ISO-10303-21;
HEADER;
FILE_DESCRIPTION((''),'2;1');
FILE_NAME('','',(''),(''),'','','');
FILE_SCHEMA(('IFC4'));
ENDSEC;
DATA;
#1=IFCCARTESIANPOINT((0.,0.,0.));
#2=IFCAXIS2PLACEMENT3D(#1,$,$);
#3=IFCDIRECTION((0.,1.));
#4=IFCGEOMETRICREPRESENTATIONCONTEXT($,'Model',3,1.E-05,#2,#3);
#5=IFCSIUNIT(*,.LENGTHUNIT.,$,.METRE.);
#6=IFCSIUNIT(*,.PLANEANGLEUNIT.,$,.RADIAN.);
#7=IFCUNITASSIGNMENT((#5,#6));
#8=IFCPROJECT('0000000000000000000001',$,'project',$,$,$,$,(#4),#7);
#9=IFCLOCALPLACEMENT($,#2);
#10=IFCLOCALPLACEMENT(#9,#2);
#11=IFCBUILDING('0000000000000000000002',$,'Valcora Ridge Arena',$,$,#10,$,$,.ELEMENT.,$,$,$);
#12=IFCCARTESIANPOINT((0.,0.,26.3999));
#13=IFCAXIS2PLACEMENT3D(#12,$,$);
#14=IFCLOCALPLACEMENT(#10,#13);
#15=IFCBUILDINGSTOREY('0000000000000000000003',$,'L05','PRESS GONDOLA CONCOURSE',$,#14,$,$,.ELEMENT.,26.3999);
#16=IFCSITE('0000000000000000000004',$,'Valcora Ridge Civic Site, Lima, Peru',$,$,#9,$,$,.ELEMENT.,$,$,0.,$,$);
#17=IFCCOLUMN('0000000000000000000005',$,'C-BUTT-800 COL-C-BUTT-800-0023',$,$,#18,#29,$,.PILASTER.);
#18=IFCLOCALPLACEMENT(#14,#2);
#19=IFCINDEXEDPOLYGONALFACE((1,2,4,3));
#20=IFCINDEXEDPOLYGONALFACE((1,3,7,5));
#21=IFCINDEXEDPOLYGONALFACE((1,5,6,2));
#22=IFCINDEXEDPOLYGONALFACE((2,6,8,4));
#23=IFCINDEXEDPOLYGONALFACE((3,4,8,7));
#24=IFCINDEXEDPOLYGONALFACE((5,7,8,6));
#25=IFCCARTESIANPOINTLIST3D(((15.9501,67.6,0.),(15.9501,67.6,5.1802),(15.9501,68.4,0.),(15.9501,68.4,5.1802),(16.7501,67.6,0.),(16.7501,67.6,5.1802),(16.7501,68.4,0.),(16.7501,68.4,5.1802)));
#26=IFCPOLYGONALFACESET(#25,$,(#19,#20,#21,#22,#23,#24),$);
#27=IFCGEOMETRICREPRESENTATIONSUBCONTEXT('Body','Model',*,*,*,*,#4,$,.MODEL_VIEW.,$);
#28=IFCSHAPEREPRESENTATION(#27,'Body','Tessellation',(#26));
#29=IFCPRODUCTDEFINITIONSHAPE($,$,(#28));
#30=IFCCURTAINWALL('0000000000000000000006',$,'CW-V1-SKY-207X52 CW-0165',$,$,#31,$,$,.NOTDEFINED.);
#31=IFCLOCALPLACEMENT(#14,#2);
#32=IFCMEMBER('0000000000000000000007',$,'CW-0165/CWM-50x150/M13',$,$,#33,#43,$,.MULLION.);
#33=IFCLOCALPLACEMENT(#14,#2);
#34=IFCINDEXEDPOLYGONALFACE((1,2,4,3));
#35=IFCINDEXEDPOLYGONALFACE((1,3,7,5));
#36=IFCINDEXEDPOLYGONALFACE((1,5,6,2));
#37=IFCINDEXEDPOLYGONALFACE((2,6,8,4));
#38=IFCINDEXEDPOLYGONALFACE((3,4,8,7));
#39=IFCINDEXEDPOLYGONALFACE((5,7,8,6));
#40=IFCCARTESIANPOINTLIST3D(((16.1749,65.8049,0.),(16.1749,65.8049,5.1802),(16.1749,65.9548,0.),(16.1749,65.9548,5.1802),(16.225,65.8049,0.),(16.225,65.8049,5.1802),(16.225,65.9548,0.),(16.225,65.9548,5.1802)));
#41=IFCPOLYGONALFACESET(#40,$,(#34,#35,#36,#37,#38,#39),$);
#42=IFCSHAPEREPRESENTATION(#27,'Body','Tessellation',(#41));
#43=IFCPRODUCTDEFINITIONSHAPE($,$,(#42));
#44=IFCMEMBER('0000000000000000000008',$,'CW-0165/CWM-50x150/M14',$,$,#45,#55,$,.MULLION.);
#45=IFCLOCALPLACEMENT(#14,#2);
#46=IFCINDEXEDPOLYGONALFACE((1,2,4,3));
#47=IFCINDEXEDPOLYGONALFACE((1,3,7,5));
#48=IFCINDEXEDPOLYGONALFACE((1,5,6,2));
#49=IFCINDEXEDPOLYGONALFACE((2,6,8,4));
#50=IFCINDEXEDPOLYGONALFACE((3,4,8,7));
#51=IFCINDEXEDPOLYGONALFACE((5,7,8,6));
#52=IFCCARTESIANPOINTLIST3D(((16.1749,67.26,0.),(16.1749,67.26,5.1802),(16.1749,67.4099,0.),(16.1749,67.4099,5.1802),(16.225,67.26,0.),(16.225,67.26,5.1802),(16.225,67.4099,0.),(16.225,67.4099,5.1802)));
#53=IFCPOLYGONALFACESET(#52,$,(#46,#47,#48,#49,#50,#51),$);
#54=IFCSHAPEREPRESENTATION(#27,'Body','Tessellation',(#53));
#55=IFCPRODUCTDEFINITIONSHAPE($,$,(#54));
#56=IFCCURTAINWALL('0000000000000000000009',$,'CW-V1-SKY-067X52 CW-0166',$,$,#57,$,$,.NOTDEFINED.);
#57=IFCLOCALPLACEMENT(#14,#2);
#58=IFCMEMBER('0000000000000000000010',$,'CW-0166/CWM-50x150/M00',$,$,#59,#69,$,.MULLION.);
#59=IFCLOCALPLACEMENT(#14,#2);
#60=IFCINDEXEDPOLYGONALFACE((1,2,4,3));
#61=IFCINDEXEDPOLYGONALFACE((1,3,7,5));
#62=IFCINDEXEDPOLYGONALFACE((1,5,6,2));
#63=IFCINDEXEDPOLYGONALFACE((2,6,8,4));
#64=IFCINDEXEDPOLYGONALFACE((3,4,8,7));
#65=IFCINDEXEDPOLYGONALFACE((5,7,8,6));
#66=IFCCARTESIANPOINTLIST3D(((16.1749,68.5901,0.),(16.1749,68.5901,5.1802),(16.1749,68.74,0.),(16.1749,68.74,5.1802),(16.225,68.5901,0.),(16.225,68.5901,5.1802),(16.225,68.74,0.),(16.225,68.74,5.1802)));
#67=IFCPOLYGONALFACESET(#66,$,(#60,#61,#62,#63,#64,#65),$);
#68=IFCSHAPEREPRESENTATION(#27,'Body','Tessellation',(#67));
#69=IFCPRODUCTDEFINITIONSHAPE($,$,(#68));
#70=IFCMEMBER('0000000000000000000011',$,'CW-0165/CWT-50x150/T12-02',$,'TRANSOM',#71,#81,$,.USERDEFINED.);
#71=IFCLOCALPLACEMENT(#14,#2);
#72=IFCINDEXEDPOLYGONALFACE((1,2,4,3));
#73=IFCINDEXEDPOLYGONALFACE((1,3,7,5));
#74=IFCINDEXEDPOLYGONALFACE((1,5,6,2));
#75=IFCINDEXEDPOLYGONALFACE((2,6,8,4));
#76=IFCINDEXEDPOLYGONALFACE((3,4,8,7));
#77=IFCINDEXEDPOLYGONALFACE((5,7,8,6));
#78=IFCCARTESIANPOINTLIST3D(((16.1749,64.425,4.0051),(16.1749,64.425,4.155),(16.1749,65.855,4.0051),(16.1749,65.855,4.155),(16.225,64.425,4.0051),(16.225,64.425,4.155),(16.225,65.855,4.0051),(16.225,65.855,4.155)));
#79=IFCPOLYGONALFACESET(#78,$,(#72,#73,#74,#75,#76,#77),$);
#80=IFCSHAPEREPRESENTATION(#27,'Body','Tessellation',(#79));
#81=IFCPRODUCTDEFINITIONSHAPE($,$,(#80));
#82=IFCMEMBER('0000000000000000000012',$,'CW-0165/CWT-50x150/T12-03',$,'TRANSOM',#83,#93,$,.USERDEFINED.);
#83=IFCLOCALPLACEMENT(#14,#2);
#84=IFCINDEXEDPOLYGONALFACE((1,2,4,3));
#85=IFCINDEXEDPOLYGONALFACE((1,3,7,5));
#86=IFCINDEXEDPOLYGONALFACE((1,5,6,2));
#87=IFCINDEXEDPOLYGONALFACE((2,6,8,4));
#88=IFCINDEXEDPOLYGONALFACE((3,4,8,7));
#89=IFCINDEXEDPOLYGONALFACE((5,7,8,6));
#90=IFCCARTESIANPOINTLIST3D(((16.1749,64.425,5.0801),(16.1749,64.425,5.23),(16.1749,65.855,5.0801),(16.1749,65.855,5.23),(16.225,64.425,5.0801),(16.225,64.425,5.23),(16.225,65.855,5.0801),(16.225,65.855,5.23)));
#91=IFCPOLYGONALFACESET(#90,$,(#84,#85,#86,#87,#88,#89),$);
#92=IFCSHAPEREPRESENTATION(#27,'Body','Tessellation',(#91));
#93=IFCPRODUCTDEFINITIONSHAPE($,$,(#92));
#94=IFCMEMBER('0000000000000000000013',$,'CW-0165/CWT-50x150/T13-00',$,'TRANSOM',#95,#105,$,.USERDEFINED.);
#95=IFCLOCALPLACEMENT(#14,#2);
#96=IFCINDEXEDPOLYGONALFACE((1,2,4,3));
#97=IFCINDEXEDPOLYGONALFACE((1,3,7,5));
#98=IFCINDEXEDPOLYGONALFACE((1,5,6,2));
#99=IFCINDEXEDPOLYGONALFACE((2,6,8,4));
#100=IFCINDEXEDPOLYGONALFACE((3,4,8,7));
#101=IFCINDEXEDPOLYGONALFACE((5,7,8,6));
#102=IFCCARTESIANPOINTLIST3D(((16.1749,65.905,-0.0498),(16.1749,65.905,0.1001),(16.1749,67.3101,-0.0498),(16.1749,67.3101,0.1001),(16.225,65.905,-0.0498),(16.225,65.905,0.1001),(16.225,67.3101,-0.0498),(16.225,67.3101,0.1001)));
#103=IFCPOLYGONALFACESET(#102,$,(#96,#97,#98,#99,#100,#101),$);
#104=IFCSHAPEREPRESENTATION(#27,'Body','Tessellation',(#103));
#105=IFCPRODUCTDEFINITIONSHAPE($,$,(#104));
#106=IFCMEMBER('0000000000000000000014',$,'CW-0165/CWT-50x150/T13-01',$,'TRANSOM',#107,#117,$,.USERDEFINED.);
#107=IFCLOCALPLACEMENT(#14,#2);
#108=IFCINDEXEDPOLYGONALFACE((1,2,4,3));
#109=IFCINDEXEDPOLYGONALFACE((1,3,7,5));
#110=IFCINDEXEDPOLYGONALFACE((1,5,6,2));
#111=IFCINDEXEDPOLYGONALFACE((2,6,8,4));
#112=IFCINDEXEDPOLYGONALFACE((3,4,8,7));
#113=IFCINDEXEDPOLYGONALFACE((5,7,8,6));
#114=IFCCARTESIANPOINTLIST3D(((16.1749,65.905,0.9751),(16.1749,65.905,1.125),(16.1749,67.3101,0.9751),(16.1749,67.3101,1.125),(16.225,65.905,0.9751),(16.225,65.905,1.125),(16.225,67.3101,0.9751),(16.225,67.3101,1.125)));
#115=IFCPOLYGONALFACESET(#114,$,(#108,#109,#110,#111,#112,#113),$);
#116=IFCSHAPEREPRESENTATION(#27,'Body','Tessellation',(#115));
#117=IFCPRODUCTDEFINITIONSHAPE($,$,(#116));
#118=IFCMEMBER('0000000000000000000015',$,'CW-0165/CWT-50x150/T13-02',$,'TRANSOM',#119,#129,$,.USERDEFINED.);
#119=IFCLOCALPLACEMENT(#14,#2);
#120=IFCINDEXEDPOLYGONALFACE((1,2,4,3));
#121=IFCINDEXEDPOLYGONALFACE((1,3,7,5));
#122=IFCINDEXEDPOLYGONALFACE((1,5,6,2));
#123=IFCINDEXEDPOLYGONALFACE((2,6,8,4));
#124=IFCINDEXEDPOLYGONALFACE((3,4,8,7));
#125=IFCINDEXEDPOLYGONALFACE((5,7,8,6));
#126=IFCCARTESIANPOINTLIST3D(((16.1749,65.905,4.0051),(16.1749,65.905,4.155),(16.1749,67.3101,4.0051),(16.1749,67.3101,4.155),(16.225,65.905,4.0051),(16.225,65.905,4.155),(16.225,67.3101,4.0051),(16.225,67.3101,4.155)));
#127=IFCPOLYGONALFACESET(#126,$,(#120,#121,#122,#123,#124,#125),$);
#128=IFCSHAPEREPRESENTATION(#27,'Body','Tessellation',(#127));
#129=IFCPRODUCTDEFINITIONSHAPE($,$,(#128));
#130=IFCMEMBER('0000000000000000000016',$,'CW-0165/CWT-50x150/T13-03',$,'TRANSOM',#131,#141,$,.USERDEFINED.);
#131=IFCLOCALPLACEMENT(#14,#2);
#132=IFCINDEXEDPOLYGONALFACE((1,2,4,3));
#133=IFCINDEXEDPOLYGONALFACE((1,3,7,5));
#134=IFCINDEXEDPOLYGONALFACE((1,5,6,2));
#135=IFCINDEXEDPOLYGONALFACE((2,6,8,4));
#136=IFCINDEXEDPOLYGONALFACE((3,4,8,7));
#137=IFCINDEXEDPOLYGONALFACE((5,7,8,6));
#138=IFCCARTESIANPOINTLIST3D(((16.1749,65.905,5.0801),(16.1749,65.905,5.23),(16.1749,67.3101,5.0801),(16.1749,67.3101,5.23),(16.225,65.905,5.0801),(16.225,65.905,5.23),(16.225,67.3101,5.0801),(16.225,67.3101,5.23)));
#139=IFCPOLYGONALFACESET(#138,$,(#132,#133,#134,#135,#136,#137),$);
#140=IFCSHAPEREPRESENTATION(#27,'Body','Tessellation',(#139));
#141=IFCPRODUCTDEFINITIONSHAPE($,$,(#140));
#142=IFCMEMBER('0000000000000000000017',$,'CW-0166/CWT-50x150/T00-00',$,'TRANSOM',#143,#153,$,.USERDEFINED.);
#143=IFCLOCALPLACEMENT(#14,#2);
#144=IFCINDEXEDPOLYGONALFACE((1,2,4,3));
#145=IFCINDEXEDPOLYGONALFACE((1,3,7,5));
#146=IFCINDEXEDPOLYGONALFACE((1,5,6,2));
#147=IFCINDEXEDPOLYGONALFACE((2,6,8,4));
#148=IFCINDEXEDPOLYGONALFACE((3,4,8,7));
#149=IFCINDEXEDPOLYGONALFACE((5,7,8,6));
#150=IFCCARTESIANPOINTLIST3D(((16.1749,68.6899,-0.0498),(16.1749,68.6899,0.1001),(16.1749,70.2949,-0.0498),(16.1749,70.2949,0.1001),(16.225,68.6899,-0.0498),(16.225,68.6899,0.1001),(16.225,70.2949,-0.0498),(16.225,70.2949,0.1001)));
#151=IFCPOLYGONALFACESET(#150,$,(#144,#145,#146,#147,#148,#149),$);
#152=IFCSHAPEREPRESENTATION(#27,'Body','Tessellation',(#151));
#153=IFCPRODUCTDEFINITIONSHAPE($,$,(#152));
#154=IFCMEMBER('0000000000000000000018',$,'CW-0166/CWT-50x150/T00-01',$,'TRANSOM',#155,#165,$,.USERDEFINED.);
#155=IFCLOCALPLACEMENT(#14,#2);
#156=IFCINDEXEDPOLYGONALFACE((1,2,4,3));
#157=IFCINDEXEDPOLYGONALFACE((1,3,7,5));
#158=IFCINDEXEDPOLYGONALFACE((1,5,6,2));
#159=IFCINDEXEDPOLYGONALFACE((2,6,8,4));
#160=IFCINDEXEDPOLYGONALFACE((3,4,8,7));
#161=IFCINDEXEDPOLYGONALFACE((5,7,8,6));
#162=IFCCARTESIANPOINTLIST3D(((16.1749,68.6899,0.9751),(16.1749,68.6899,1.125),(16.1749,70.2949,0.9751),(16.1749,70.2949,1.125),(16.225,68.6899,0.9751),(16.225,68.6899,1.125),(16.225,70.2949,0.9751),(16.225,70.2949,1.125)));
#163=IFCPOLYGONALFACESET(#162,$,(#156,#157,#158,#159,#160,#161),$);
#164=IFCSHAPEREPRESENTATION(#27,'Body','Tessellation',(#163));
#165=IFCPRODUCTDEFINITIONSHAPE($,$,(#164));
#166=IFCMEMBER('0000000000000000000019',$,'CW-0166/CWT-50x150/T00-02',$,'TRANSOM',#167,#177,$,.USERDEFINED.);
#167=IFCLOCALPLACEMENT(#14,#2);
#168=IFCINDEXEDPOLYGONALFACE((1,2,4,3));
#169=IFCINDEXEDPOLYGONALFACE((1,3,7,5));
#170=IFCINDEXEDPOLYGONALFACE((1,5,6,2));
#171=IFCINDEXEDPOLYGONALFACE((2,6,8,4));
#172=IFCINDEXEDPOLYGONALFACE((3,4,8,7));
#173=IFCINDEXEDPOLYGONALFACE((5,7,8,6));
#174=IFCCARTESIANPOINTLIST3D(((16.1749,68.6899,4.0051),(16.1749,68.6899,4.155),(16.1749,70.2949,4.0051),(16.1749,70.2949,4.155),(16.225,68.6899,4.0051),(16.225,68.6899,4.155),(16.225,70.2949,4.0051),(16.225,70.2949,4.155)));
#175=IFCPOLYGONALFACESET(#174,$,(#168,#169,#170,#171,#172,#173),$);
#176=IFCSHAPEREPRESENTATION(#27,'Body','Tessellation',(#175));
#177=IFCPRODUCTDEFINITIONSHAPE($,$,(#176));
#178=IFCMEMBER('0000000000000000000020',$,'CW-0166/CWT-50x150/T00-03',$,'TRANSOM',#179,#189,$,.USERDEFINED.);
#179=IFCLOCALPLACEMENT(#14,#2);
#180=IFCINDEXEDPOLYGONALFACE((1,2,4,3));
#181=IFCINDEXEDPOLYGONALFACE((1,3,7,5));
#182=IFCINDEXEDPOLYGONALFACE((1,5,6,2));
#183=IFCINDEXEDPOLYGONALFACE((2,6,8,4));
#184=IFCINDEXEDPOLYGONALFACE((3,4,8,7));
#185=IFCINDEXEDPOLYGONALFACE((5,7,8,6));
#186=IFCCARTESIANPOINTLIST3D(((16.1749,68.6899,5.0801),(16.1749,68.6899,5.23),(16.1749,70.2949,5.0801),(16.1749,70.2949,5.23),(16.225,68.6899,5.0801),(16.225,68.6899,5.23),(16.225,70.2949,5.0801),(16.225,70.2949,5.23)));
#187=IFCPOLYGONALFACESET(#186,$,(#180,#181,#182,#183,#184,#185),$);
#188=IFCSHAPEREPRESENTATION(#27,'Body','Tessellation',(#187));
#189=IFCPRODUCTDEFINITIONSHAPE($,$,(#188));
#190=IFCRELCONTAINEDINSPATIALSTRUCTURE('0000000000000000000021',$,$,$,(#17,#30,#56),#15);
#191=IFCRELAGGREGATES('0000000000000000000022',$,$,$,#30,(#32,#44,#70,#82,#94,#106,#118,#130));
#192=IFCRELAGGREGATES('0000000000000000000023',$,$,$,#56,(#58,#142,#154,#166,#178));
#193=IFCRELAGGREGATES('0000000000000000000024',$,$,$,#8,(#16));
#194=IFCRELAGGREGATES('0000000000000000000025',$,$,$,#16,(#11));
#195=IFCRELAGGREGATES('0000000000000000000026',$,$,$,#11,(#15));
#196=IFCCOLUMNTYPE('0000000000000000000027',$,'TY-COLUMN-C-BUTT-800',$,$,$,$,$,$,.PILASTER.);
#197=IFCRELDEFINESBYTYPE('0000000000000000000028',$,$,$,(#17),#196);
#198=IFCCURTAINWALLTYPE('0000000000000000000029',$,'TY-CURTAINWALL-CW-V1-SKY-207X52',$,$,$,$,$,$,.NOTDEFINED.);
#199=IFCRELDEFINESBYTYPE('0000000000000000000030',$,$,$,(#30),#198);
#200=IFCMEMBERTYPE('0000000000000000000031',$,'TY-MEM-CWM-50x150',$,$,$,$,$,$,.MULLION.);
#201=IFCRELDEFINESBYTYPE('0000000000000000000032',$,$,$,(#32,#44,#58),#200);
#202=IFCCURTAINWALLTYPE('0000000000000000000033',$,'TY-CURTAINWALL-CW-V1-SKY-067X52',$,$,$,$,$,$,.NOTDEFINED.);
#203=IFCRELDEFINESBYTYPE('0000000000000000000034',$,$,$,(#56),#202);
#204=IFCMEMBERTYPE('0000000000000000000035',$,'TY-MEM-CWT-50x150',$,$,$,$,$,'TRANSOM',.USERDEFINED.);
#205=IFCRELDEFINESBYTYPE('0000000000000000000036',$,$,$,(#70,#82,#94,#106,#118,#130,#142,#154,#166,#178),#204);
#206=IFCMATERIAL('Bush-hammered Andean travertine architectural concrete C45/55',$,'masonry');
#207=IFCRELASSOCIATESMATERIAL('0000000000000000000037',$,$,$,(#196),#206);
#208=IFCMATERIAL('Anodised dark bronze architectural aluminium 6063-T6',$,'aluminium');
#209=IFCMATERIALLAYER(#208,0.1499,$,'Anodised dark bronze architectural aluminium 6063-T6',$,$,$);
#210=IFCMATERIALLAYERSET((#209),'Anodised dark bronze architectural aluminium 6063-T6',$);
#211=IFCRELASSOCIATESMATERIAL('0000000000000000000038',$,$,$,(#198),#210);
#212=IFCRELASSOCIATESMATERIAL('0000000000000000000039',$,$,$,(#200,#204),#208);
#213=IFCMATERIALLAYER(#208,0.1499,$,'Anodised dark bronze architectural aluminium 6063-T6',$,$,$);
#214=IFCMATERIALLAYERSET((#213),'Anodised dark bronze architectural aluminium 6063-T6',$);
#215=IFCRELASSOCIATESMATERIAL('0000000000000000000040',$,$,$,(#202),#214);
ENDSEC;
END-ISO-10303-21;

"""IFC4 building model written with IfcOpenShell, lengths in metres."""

from ifc_helpers import new_model, si_unit, direction, frame, origin, origin_2d, place, context, subcontext, project, spatial, rectangle, extrude, material, layer, layer_set, material_profile, profile_set, type_object, element, aggregate, save


model = new_model("IFC4")

# Units and contexts
model_context = context("Model", 3, precision=1e-05, world=origin(), true_north=direction((0.0, 1.0)))
body_context = subcontext(model_context, "Body", "Model", "MODEL_VIEW")
ifc_project = project(units=[si_unit("LENGTHUNIT", "METRE"), si_unit("PLANEANGLEUNIT", "RADIAN")], contexts=[model_context])

# Site, building, storey
site_placement = place(None, origin())
site = spatial("IfcSite", under=ifc_project, at=site_placement, Name="Valcora Ridge Civic Site, Lima, Peru", CompositionType="ELEMENT", RefElevation=0.0)
building_placement = place(site_placement, origin())
building = spatial("IfcBuilding", under=site, at=building_placement, Name="Valcora Ridge Arena", CompositionType="ELEMENT")
storey_placement = place(building_placement, frame((0.0, 0.0, 26.3999)))
storey = spatial("IfcBuildingStorey", under=building, at=storey_placement, Name="L05", Description="PRESS GONDOLA CONCOURSE", CompositionType="ELEMENT", Elevation=26.3999)

# Column
ifc_material_1 = material(Name="Bush-hammered Andean travertine architectural concrete C45/55", Category="masonry")
ifc_material_profile_1 = material_profile(ifc_material_1, rectangle(XDim=0.8, YDim=0.8, at=origin_2d()), Name="RC 800x800")
ifc_profile_set_1 = profile_set([ifc_material_profile_1], Name="Bush-hammered Andean travertine architectural concrete C45/55")
column_type = type_object("IfcColumnType", Name="TY-COLUMN-C-BUTT-800", PredefinedType="PILASTER", material=ifc_profile_set_1)
column_placement = place(storey_placement, frame((16.3501, 68.0, 0.0), z_axis=(0.0, 0.0, 1.0), x_axis=(1.0, 0.0, 0.0)))
element("IfcColumn", 1, at=column_placement, inside=storey, type_object=column_type, Name="C-BUTT-800 COL-C-BUTT-800-0023", PredefinedType="PILASTER", context=body_context, shape_type="SweptSolid", body=[
    extrude(rectangle(XDim=0.8, YDim=0.8, at=origin_2d()), origin(), (0.0, 0.0, 1.0), 5.1802),
])

# Curtain wall, members
ifc_material_2 = material(Name="Anodised dark bronze architectural aluminium 6063-T6", Category="aluminium")
ifc_layer_1 = layer(ifc_material_2, 0.1499, Name="Anodised dark bronze architectural aluminium 6063-T6")
ifc_layer_set_1 = layer_set([ifc_layer_1], Name="Anodised dark bronze architectural aluminium 6063-T6")
curtain_wall_type_1 = type_object("IfcCurtainWallType", Name="TY-CURTAINWALL-CW-V1-SKY-207X52", PredefinedType="NOTDEFINED", material=ifc_layer_set_1)
curtain_wall_1_placement = place(storey_placement, origin())
curtain_wall_1 = element("IfcCurtainWall", 2, at=curtain_wall_1_placement, inside=storey, type_object=curtain_wall_type_1, Name="CW-V1-SKY-207X52 CW-0165", PredefinedType="NOTDEFINED")
ifc_material_profile_2 = material_profile(ifc_material_2, rectangle(XDim=0.05, YDim=0.1499, at=origin_2d()), Name="ALU MULLION 50x150")
ifc_profile_set_2 = profile_set([ifc_material_profile_2], Name="Anodised dark bronze architectural aluminium 6063-T6")
member_type_1 = type_object("IfcMemberType", Name="TY-MEM-CWM-50x150", PredefinedType="MULLION", material=ifc_profile_set_2)
member_1_placement = place(storey_placement, frame((16.2, 65.8799, 0.0), z_axis=(0.0, 0.0, 1.0), x_axis=(-1.0, 0.0, 0.0)))
member_1 = element("IfcMember", 3, at=member_1_placement, type_object=member_type_1, Name="CW-0165/CWM-50x150/M13", PredefinedType="MULLION", context=body_context, shape_type="SweptSolid", body=[
    extrude(rectangle(XDim=0.05, YDim=0.1499, at=origin_2d()), origin(), (0.0, 0.0, 1.0), 5.1802),
])
member_2_placement = place(storey_placement, frame((16.2, 67.335, 0.0), z_axis=(0.0, 0.0, 1.0), x_axis=(-1.0, 0.0, 0.0)))
member_2 = element("IfcMember", 4, at=member_2_placement, type_object=member_type_1, Name="CW-0165/CWM-50x150/M14", PredefinedType="MULLION", context=body_context, shape_type="SweptSolid", body=[
    extrude(rectangle(XDim=0.05, YDim=0.1499, at=origin_2d()), origin(), (0.0, 0.0, 1.0), 5.1802),
])

# Curtain wall, member
ifc_layer_2 = layer(ifc_material_2, 0.1499, Name="Anodised dark bronze architectural aluminium 6063-T6")
ifc_layer_set_2 = layer_set([ifc_layer_2], Name="Anodised dark bronze architectural aluminium 6063-T6")
curtain_wall_type_2 = type_object("IfcCurtainWallType", Name="TY-CURTAINWALL-CW-V1-SKY-067X52", PredefinedType="NOTDEFINED", material=ifc_layer_set_2)
curtain_wall_2_placement = place(storey_placement, origin())
curtain_wall_2 = element("IfcCurtainWall", 5, at=curtain_wall_2_placement, inside=storey, type_object=curtain_wall_type_2, Name="CW-V1-SKY-067X52 CW-0166", PredefinedType="NOTDEFINED")
member_3_placement = place(storey_placement, frame((16.2, 68.665, 0.0), z_axis=(0.0, 0.0, 1.0), x_axis=(-1.0, 0.0, 0.0)))
member_3 = element("IfcMember", 6, at=member_3_placement, type_object=member_type_1, Name="CW-0166/CWM-50x150/M00", PredefinedType="MULLION", context=body_context, shape_type="SweptSolid", body=[
    extrude(rectangle(XDim=0.05, YDim=0.1499, at=origin_2d()), origin(), (0.0, 0.0, 1.0), 5.1802),
])

# Members
ifc_material_profile_3 = material_profile(ifc_material_2, rectangle(XDim=0.05, YDim=0.1499, at=origin_2d()), Name="ALU TRANSOM 50x150")
ifc_profile_set_3 = profile_set([ifc_material_profile_3], Name="Anodised dark bronze architectural aluminium 6063-T6")
member_type_2 = type_object("IfcMemberType", Name="TY-MEM-CWT-50x150", ElementType="TRANSOM", PredefinedType="USERDEFINED", material=ifc_profile_set_3)
member_4_placement = place(storey_placement, frame((16.2, 64.425, 4.0801), z_axis=(0.0, 1.0, 0.0), x_axis=(-1.0, 0.0, 0.0)))
member_4 = element("IfcMember", 7, at=member_4_placement, type_object=member_type_2, Name="CW-0165/CWT-50x150/T12-02", ObjectType="TRANSOM", PredefinedType="USERDEFINED", context=body_context, shape_type="SweptSolid", body=[
    extrude(rectangle(XDim=0.05, YDim=0.1499, at=origin_2d()), origin(), (0.0, 0.0, 1.0), 1.4299),
])
member_5_placement = place(storey_placement, frame((16.2, 64.425, 5.155), z_axis=(0.0, 1.0, 0.0), x_axis=(-1.0, 0.0, 0.0)))
member_5 = element("IfcMember", 8, at=member_5_placement, type_object=member_type_2, Name="CW-0165/CWT-50x150/T12-03", ObjectType="TRANSOM", PredefinedType="USERDEFINED", context=body_context, shape_type="SweptSolid", body=[
    extrude(rectangle(XDim=0.05, YDim=0.1499, at=origin_2d()), origin(), (0.0, 0.0, 1.0), 1.4299),
])
member_6_placement = place(storey_placement, frame((16.2, 65.905, 0.0251), z_axis=(0.0, 1.0, 0.0), x_axis=(-1.0, 0.0, 0.0)))
member_6 = element("IfcMember", 9, at=member_6_placement, type_object=member_type_2, Name="CW-0165/CWT-50x150/T13-00", ObjectType="TRANSOM", PredefinedType="USERDEFINED", context=body_context, shape_type="SweptSolid", body=[
    extrude(rectangle(XDim=0.05, YDim=0.1499, at=origin_2d()), origin(), (0.0, 0.0, 1.0), 1.405),
])
member_7_placement = place(storey_placement, frame((16.2, 65.905, 1.05), z_axis=(0.0, 1.0, 0.0), x_axis=(-1.0, 0.0, 0.0)))
member_7 = element("IfcMember", 10, at=member_7_placement, type_object=member_type_2, Name="CW-0165/CWT-50x150/T13-01", ObjectType="TRANSOM", PredefinedType="USERDEFINED", context=body_context, shape_type="SweptSolid", body=[
    extrude(rectangle(XDim=0.05, YDim=0.1499, at=origin_2d()), origin(), (0.0, 0.0, 1.0), 1.405),
])
member_8_placement = place(storey_placement, frame((16.2, 65.905, 4.0801), z_axis=(0.0, 1.0, 0.0), x_axis=(-1.0, 0.0, 0.0)))
member_8 = element("IfcMember", 11, at=member_8_placement, type_object=member_type_2, Name="CW-0165/CWT-50x150/T13-02", ObjectType="TRANSOM", PredefinedType="USERDEFINED", context=body_context, shape_type="SweptSolid", body=[
    extrude(rectangle(XDim=0.05, YDim=0.1499, at=origin_2d()), origin(), (0.0, 0.0, 1.0), 1.405),
])
member_9_placement = place(storey_placement, frame((16.2, 65.905, 5.155), z_axis=(0.0, 1.0, 0.0), x_axis=(-1.0, 0.0, 0.0)))
member_9 = element("IfcMember", 12, at=member_9_placement, type_object=member_type_2, Name="CW-0165/CWT-50x150/T13-03", ObjectType="TRANSOM", PredefinedType="USERDEFINED", context=body_context, shape_type="SweptSolid", body=[
    extrude(rectangle(XDim=0.05, YDim=0.1499, at=origin_2d()), origin(), (0.0, 0.0, 1.0), 1.405),
])
member_10_placement = place(storey_placement, frame((16.2, 68.6899, 0.0251), z_axis=(0.0, 1.0, 0.0), x_axis=(-1.0, 0.0, 0.0)))
member_10 = element("IfcMember", 13, at=member_10_placement, type_object=member_type_2, Name="CW-0166/CWT-50x150/T00-00", ObjectType="TRANSOM", PredefinedType="USERDEFINED", context=body_context, shape_type="SweptSolid", body=[
    extrude(rectangle(XDim=0.05, YDim=0.1499, at=origin_2d()), origin(), (0.0, 0.0, 1.0), 1.605),
])
member_11_placement = place(storey_placement, frame((16.2, 68.6899, 1.05), z_axis=(0.0, 1.0, 0.0), x_axis=(-1.0, 0.0, 0.0)))
member_11 = element("IfcMember", 14, at=member_11_placement, type_object=member_type_2, Name="CW-0166/CWT-50x150/T00-01", ObjectType="TRANSOM", PredefinedType="USERDEFINED", context=body_context, shape_type="SweptSolid", body=[
    extrude(rectangle(XDim=0.05, YDim=0.1499, at=origin_2d()), origin(), (0.0, 0.0, 1.0), 1.605),
])
member_12_placement = place(storey_placement, frame((16.2, 68.6899, 4.0801), z_axis=(0.0, 1.0, 0.0), x_axis=(-1.0, 0.0, 0.0)))
member_12 = element("IfcMember", 15, at=member_12_placement, type_object=member_type_2, Name="CW-0166/CWT-50x150/T00-02", ObjectType="TRANSOM", PredefinedType="USERDEFINED", context=body_context, shape_type="SweptSolid", body=[
    extrude(rectangle(XDim=0.05, YDim=0.1499, at=origin_2d()), origin(), (0.0, 0.0, 1.0), 1.605),
])
member_13_placement = place(storey_placement, frame((16.2, 68.6899, 5.155), z_axis=(0.0, 1.0, 0.0), x_axis=(-1.0, 0.0, 0.0)))
member_13 = element("IfcMember", 16, at=member_13_placement, type_object=member_type_2, Name="CW-0166/CWT-50x150/T00-03", ObjectType="TRANSOM", PredefinedType="USERDEFINED", context=body_context, shape_type="SweptSolid", body=[
    extrude(rectangle(XDim=0.05, YDim=0.1499, at=origin_2d()), origin(), (0.0, 0.0, 1.0), 1.605),
])

aggregate(curtain_wall_1, [member_1, member_2, member_4, member_5, member_6, member_7, member_8, member_9])
aggregate(curtain_wall_2, [member_3, member_10, member_11, member_12, member_13])

save(model, "model.ifc")
